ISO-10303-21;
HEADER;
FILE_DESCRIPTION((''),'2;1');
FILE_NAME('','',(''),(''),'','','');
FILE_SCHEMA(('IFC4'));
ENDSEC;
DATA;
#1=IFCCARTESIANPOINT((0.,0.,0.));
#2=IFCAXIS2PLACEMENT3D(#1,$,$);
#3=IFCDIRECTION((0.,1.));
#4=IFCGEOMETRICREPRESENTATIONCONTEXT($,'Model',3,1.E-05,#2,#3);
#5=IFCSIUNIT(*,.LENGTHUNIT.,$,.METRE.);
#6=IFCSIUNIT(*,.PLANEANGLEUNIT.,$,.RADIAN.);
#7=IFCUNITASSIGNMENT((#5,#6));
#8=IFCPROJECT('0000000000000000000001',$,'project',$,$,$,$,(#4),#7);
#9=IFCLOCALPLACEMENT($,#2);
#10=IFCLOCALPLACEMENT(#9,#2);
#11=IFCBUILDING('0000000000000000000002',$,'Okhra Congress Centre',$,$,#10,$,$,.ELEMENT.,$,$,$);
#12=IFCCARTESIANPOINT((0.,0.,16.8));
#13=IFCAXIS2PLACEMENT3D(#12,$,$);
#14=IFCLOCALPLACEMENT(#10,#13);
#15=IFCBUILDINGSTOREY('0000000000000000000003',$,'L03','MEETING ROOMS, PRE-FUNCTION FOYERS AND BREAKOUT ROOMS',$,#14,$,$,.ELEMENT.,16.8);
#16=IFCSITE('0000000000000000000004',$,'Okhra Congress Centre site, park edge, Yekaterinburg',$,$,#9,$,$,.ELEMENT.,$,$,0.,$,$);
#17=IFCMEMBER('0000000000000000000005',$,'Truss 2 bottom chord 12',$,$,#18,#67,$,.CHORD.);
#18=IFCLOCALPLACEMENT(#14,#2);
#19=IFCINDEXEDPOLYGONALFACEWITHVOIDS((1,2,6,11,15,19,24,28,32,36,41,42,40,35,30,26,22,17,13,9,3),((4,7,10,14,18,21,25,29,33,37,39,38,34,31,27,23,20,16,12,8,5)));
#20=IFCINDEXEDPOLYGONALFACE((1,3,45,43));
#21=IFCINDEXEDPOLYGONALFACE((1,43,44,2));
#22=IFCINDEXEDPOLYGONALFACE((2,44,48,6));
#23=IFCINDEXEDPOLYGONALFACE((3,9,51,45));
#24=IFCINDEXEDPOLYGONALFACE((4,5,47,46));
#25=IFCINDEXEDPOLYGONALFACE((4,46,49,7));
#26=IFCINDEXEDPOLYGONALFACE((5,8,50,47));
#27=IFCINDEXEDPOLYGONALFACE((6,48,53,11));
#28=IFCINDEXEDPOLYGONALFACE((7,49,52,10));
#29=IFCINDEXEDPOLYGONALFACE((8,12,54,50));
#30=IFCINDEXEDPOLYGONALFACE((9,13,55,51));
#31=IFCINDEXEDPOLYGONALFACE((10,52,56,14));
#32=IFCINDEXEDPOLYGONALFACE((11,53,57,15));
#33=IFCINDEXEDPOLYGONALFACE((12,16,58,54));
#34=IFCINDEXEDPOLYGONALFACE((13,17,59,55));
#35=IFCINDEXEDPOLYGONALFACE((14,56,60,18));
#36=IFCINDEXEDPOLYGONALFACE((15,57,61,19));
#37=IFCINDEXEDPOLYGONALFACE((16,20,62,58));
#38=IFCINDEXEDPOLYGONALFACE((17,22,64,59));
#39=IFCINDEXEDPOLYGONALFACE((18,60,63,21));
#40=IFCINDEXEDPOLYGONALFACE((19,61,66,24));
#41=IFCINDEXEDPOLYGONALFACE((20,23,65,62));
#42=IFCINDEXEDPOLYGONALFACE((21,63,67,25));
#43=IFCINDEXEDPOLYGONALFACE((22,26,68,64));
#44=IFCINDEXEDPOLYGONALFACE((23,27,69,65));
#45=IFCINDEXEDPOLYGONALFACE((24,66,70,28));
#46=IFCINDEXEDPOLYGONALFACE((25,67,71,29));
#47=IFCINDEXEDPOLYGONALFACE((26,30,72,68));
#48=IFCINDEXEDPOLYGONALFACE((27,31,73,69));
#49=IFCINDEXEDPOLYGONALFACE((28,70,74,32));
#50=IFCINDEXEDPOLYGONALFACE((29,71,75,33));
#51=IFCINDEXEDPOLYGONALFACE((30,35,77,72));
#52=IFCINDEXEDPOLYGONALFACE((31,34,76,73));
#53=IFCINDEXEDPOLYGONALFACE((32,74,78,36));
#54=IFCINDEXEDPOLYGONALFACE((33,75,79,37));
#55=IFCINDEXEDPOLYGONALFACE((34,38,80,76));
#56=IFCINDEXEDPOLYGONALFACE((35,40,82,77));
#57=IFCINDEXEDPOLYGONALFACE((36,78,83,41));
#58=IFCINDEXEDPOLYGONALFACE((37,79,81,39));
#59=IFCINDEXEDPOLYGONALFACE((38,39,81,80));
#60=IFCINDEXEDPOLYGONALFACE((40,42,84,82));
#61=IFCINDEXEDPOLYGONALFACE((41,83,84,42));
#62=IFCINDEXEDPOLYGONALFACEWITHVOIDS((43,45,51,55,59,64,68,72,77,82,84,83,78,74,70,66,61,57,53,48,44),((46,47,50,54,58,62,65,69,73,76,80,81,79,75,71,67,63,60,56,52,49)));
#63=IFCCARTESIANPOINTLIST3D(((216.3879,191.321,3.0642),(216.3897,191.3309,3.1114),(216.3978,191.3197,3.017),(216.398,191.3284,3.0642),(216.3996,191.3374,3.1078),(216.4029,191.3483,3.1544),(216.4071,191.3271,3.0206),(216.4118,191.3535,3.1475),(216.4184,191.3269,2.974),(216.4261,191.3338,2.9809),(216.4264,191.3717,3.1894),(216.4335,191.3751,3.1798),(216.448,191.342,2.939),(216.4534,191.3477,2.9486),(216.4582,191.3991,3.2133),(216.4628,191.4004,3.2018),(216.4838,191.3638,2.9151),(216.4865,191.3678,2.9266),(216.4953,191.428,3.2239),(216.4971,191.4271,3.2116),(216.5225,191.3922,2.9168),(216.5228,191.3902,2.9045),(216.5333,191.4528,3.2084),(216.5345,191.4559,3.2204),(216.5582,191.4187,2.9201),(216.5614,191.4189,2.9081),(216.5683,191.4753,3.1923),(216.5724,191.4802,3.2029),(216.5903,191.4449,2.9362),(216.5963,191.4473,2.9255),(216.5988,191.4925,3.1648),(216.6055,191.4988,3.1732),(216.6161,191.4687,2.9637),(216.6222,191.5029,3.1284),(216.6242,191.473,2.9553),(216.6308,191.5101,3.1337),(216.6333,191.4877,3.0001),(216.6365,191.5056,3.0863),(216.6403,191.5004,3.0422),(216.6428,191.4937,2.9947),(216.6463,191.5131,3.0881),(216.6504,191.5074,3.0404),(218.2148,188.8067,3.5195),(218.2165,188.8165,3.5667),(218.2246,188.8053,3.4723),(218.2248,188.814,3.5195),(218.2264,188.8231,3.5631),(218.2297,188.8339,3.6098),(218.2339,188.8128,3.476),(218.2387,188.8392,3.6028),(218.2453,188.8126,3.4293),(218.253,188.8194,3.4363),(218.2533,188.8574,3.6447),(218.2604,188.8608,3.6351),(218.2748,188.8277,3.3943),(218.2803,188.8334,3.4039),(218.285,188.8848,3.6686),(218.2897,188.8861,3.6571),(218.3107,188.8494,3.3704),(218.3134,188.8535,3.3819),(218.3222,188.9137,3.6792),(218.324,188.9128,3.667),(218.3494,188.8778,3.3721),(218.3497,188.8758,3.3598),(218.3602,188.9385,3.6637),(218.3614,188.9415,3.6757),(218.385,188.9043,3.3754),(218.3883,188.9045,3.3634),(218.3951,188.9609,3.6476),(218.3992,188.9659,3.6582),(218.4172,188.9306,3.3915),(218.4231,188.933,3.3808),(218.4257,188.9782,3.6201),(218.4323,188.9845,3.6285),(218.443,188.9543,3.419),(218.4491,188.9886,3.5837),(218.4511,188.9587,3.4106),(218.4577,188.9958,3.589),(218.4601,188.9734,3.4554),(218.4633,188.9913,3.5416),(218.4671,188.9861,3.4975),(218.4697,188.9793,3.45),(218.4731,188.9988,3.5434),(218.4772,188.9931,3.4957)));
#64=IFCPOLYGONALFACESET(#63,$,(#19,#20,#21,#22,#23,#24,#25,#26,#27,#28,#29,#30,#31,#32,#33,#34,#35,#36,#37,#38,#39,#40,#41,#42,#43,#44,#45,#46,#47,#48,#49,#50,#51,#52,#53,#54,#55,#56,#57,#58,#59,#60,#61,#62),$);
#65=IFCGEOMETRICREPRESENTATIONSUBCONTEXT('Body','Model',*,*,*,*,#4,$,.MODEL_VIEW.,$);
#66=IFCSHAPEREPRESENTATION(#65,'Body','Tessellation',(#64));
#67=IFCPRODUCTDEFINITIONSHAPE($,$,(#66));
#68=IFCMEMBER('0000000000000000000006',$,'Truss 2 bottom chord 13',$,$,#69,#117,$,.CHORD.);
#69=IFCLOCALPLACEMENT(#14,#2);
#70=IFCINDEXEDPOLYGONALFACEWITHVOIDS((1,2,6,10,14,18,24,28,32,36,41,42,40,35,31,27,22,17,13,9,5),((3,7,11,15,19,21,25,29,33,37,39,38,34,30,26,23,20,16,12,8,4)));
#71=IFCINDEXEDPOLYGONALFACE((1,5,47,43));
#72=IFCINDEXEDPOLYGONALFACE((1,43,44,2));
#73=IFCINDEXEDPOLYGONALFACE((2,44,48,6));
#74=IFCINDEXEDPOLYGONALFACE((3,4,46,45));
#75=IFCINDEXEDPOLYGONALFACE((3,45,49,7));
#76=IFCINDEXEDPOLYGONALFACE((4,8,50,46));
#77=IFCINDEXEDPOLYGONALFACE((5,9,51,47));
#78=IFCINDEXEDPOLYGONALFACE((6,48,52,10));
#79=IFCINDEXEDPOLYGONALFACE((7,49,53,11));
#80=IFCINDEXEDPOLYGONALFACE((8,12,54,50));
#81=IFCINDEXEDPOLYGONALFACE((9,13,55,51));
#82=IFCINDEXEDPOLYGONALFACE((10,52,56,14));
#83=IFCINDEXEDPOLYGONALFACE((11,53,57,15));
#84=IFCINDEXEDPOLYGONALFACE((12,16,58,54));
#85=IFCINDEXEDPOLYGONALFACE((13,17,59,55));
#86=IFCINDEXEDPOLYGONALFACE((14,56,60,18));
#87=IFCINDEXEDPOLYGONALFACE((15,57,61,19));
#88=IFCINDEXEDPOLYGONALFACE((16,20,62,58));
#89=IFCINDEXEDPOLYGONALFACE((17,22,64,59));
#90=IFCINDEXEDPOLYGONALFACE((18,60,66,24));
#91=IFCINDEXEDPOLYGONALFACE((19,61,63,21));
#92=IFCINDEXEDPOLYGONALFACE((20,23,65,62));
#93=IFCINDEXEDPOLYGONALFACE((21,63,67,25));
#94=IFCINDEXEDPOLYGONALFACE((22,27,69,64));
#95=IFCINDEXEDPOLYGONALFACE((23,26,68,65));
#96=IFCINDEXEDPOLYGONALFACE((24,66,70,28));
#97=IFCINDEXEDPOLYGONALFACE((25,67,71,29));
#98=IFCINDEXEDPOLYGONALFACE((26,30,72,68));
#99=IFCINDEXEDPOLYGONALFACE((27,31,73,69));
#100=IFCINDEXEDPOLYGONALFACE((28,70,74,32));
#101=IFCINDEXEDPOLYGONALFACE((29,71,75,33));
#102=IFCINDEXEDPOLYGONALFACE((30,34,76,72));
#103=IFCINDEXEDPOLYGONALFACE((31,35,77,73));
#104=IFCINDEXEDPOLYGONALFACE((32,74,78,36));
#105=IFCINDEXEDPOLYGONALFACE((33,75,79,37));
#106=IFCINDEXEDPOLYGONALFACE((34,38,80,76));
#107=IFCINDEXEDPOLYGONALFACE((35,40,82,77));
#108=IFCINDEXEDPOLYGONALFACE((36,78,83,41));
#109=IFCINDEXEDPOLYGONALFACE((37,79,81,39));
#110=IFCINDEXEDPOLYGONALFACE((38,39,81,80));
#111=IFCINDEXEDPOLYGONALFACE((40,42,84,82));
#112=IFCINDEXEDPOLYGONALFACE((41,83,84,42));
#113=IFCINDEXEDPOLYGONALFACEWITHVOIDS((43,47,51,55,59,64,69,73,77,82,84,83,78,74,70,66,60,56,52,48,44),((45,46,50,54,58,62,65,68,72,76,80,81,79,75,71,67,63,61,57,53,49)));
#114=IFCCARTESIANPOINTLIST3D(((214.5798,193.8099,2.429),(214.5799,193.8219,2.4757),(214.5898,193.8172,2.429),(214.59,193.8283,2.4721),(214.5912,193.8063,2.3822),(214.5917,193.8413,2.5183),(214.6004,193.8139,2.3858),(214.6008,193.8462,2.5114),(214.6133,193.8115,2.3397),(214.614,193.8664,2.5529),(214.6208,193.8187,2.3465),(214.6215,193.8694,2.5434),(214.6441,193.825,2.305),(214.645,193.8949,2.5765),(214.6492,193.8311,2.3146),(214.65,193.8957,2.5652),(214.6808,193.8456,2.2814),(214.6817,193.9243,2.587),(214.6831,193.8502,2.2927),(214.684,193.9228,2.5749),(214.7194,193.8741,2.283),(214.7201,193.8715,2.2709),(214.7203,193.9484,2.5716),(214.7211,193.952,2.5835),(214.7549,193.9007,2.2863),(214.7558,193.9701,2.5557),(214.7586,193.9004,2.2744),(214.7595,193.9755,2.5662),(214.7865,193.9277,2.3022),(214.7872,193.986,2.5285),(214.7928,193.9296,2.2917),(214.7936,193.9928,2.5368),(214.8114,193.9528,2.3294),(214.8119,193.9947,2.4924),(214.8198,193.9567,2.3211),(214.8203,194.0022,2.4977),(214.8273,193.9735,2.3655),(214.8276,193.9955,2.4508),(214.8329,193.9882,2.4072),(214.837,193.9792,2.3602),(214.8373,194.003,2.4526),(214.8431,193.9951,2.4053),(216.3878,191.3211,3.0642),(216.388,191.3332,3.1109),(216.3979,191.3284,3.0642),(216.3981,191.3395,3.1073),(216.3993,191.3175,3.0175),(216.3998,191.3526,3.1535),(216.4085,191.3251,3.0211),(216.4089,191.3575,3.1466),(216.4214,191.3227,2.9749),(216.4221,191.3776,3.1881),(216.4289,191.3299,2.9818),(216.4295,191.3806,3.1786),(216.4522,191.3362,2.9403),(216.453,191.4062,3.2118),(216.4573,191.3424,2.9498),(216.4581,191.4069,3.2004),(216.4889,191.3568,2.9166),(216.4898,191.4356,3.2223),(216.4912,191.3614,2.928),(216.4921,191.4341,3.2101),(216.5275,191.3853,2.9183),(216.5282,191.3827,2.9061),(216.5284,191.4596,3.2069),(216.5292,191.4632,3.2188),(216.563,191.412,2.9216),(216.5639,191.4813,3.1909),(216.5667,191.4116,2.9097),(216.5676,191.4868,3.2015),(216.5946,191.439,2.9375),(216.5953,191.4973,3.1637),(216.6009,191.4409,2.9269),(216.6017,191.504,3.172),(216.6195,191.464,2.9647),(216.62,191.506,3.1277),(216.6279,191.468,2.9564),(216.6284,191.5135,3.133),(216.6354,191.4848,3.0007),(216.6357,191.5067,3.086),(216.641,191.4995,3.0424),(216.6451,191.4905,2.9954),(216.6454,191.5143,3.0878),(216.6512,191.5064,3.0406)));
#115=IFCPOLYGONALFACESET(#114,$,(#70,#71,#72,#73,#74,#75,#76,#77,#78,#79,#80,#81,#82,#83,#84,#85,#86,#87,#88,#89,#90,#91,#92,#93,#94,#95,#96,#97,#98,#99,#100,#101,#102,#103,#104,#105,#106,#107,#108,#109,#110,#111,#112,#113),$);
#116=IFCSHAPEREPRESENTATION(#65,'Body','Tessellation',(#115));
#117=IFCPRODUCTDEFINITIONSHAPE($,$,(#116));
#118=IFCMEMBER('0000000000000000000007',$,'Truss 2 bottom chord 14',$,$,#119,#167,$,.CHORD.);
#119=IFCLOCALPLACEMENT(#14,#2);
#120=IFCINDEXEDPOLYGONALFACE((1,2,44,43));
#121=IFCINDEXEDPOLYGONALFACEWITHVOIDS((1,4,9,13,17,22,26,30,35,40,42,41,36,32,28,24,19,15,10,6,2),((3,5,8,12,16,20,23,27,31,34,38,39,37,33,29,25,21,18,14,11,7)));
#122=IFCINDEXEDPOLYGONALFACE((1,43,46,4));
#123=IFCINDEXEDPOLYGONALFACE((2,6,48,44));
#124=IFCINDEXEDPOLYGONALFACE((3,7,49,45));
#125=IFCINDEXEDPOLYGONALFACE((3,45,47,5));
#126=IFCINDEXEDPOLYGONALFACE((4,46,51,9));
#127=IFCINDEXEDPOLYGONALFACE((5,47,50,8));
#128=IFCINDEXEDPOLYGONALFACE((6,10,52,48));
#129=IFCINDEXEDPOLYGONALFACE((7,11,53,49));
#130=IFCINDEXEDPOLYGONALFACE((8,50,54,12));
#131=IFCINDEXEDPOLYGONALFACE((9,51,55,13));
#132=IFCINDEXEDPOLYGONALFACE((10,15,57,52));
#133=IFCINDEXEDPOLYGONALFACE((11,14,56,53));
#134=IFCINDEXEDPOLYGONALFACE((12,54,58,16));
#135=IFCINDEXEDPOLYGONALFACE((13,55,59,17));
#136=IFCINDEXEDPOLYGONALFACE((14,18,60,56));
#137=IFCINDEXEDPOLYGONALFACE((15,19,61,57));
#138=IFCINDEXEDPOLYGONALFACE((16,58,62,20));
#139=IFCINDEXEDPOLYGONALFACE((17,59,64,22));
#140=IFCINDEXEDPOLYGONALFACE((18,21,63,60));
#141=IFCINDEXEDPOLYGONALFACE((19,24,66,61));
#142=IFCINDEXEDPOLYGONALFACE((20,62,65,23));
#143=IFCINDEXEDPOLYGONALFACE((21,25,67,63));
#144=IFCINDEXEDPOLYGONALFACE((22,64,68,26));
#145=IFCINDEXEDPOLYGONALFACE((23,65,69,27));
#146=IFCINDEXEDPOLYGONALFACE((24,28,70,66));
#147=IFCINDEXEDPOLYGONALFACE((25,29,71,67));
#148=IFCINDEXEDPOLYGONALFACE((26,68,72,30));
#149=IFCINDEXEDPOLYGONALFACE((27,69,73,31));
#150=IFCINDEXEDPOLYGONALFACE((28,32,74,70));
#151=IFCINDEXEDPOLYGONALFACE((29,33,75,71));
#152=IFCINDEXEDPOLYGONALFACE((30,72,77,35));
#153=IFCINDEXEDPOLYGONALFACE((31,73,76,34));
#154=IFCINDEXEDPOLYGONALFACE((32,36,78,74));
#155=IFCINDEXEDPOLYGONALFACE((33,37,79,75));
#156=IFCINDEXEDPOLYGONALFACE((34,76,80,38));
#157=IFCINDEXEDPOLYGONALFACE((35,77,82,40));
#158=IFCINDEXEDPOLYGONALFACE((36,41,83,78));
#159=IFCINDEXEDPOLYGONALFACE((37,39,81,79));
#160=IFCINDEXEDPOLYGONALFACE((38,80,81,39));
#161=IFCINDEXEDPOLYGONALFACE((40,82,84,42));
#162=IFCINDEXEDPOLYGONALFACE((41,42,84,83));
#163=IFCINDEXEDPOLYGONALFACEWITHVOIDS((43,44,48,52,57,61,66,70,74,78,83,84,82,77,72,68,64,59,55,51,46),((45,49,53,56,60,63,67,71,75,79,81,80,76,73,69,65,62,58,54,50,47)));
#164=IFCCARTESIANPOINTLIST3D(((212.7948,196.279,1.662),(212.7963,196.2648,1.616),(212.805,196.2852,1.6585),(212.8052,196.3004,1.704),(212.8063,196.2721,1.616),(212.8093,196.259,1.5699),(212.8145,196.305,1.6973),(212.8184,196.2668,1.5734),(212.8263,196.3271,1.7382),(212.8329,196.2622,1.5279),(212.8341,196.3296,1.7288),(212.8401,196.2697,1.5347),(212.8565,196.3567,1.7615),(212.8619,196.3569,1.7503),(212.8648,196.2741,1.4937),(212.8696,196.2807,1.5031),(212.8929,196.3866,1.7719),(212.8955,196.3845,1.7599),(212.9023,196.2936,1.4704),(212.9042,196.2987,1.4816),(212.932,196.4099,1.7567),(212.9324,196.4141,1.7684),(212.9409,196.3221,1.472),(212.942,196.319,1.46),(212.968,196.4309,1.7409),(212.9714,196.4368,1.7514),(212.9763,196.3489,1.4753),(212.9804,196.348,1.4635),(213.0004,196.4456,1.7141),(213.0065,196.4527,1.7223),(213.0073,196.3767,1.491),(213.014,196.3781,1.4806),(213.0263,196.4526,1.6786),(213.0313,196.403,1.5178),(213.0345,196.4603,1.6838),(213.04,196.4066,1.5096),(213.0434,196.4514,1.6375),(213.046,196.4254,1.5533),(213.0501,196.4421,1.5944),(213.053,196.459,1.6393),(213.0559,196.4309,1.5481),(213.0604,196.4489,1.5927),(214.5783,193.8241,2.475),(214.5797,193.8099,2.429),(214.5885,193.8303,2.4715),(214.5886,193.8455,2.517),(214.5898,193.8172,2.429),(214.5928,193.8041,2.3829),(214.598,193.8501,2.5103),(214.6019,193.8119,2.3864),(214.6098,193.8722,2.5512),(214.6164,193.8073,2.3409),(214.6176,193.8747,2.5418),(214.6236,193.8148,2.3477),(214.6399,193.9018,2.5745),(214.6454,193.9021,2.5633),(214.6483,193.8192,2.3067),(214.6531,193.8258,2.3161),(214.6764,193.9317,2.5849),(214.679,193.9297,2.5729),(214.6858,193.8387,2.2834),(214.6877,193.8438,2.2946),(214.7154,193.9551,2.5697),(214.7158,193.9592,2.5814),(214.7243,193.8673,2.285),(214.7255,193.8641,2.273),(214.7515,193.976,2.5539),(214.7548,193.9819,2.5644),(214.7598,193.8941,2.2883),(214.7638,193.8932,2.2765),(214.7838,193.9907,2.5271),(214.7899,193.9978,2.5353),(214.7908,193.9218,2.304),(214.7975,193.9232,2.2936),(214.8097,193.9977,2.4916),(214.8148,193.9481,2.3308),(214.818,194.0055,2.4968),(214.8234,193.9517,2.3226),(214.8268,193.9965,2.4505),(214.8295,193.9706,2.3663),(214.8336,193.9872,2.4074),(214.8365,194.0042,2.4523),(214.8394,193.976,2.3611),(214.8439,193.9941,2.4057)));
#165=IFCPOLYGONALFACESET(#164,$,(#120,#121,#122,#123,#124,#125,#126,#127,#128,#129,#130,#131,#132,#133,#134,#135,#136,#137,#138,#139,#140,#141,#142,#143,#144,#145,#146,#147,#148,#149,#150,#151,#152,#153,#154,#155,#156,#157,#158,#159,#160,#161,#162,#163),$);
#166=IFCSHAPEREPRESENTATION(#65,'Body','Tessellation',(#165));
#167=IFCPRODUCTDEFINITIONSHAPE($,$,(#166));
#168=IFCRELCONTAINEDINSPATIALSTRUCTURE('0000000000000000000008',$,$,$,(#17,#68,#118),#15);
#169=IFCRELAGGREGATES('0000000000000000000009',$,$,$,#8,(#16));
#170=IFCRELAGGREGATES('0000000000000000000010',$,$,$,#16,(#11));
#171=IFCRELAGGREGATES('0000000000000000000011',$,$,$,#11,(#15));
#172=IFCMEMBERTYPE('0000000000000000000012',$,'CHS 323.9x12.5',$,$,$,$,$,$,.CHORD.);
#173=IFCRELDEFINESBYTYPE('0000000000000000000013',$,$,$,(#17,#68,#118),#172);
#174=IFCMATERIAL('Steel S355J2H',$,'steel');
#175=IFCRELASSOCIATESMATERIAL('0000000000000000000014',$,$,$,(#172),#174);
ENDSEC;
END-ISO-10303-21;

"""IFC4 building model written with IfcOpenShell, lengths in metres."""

from ifc_helpers import new_model, si_unit, direction, frame, origin, origin_2d, place, context, subcontext, project, spatial, hollow_circle, extrude, material, material_profile, profile_set, type_object, element, save


model = new_model("IFC4")

# Units and contexts
model_context = context("Model", 3, precision=1e-05, world=origin(), true_north=direction((0.0, 1.0)))
body_context = subcontext(model_context, "Body", "Model", "MODEL_VIEW")
ifc_project = project(units=[si_unit("LENGTHUNIT", "METRE"), si_unit("PLANEANGLEUNIT", "RADIAN")], contexts=[model_context])

# Site, building, storey
site_placement = place(None, origin())
site = spatial("IfcSite", under=ifc_project, at=site_placement, Name="Okhra Congress Centre site, park edge, Yekaterinburg", CompositionType="ELEMENT", RefElevation=0.0)
building_placement = place(site_placement, origin())
building = spatial("IfcBuilding", under=site, at=building_placement, Name="Okhra Congress Centre", CompositionType="ELEMENT")
storey_placement = place(building_placement, frame((0.0, 0.0, 16.8)))
storey = spatial("IfcBuildingStorey", under=building, at=storey_placement, Name="L03", Description="MEETING ROOMS, PRE-FUNCTION FOYERS AND BREAKOUT ROOMS", CompositionType="ELEMENT", Elevation=16.8)

# Members
ifc_material_1 = material(Name="Steel S355J2H", Category="steel")
ifc_material_profile_1 = material_profile(ifc_material_1, hollow_circle(Radius=0.1619, WallThickness=0.0125, at=origin_2d()), Name="CHS 323.9x12.5")
ifc_profile_set_1 = profile_set([ifc_material_profile_1], Name="Steel S355J2H")
member_type_1 = type_object("IfcMemberType", Name="CHS 323.9x12.5", PredefinedType="CHORD", material=ifc_profile_set_1)
for number, where, z_axis, x_axis, name in (
    (1, (218.3457, 188.9019, 3.5195), (-0.581595, 0.80046, -0.144952), (-0.809004, -0.587803, 0.0), "Truss 2 bottom chord 12"),
    (2, (216.5188, 191.4163, 3.0642), (-0.575621, 0.792314, -0.202237), (-0.809031, -0.587766, 0.0), "Truss 2 bottom chord 13"),
):
    element("IfcMember", number, at=place(storey_placement, frame(where, z_axis=z_axis, x_axis=x_axis)), inside=storey, type_object=member_type_1, Name=name, PredefinedType="CHORD", context=body_context, shape_type="SweptSolid", body=[
        extrude(hollow_circle(Radius=0.1619, WallThickness=0.0125, at=origin_2d()), origin(), (0.0, 0.0, 1.0), 3.1411),
    ])
for number, where, z_axis, x_axis, name in (
    (3, (214.7107, 193.905, 2.429), (-0.56774, 0.781468, -0.258805), (-0.809032, -0.587765, 0.0), "Truss 2 bottom chord 14"),
):
    element("IfcMember", number, at=place(storey_placement, frame(where, z_axis=z_axis, x_axis=x_axis)), inside=storey, type_object=member_type_1, Name=name, PredefinedType="CHORD", context=body_context, shape_type="SweptSolid", body=[
        extrude(hollow_circle(Radius=0.1619, WallThickness=0.0125, at=origin_2d()), origin(), (0.0, 0.0, 1.0), 3.1414),
    ])

save(model, "model.ifc")
